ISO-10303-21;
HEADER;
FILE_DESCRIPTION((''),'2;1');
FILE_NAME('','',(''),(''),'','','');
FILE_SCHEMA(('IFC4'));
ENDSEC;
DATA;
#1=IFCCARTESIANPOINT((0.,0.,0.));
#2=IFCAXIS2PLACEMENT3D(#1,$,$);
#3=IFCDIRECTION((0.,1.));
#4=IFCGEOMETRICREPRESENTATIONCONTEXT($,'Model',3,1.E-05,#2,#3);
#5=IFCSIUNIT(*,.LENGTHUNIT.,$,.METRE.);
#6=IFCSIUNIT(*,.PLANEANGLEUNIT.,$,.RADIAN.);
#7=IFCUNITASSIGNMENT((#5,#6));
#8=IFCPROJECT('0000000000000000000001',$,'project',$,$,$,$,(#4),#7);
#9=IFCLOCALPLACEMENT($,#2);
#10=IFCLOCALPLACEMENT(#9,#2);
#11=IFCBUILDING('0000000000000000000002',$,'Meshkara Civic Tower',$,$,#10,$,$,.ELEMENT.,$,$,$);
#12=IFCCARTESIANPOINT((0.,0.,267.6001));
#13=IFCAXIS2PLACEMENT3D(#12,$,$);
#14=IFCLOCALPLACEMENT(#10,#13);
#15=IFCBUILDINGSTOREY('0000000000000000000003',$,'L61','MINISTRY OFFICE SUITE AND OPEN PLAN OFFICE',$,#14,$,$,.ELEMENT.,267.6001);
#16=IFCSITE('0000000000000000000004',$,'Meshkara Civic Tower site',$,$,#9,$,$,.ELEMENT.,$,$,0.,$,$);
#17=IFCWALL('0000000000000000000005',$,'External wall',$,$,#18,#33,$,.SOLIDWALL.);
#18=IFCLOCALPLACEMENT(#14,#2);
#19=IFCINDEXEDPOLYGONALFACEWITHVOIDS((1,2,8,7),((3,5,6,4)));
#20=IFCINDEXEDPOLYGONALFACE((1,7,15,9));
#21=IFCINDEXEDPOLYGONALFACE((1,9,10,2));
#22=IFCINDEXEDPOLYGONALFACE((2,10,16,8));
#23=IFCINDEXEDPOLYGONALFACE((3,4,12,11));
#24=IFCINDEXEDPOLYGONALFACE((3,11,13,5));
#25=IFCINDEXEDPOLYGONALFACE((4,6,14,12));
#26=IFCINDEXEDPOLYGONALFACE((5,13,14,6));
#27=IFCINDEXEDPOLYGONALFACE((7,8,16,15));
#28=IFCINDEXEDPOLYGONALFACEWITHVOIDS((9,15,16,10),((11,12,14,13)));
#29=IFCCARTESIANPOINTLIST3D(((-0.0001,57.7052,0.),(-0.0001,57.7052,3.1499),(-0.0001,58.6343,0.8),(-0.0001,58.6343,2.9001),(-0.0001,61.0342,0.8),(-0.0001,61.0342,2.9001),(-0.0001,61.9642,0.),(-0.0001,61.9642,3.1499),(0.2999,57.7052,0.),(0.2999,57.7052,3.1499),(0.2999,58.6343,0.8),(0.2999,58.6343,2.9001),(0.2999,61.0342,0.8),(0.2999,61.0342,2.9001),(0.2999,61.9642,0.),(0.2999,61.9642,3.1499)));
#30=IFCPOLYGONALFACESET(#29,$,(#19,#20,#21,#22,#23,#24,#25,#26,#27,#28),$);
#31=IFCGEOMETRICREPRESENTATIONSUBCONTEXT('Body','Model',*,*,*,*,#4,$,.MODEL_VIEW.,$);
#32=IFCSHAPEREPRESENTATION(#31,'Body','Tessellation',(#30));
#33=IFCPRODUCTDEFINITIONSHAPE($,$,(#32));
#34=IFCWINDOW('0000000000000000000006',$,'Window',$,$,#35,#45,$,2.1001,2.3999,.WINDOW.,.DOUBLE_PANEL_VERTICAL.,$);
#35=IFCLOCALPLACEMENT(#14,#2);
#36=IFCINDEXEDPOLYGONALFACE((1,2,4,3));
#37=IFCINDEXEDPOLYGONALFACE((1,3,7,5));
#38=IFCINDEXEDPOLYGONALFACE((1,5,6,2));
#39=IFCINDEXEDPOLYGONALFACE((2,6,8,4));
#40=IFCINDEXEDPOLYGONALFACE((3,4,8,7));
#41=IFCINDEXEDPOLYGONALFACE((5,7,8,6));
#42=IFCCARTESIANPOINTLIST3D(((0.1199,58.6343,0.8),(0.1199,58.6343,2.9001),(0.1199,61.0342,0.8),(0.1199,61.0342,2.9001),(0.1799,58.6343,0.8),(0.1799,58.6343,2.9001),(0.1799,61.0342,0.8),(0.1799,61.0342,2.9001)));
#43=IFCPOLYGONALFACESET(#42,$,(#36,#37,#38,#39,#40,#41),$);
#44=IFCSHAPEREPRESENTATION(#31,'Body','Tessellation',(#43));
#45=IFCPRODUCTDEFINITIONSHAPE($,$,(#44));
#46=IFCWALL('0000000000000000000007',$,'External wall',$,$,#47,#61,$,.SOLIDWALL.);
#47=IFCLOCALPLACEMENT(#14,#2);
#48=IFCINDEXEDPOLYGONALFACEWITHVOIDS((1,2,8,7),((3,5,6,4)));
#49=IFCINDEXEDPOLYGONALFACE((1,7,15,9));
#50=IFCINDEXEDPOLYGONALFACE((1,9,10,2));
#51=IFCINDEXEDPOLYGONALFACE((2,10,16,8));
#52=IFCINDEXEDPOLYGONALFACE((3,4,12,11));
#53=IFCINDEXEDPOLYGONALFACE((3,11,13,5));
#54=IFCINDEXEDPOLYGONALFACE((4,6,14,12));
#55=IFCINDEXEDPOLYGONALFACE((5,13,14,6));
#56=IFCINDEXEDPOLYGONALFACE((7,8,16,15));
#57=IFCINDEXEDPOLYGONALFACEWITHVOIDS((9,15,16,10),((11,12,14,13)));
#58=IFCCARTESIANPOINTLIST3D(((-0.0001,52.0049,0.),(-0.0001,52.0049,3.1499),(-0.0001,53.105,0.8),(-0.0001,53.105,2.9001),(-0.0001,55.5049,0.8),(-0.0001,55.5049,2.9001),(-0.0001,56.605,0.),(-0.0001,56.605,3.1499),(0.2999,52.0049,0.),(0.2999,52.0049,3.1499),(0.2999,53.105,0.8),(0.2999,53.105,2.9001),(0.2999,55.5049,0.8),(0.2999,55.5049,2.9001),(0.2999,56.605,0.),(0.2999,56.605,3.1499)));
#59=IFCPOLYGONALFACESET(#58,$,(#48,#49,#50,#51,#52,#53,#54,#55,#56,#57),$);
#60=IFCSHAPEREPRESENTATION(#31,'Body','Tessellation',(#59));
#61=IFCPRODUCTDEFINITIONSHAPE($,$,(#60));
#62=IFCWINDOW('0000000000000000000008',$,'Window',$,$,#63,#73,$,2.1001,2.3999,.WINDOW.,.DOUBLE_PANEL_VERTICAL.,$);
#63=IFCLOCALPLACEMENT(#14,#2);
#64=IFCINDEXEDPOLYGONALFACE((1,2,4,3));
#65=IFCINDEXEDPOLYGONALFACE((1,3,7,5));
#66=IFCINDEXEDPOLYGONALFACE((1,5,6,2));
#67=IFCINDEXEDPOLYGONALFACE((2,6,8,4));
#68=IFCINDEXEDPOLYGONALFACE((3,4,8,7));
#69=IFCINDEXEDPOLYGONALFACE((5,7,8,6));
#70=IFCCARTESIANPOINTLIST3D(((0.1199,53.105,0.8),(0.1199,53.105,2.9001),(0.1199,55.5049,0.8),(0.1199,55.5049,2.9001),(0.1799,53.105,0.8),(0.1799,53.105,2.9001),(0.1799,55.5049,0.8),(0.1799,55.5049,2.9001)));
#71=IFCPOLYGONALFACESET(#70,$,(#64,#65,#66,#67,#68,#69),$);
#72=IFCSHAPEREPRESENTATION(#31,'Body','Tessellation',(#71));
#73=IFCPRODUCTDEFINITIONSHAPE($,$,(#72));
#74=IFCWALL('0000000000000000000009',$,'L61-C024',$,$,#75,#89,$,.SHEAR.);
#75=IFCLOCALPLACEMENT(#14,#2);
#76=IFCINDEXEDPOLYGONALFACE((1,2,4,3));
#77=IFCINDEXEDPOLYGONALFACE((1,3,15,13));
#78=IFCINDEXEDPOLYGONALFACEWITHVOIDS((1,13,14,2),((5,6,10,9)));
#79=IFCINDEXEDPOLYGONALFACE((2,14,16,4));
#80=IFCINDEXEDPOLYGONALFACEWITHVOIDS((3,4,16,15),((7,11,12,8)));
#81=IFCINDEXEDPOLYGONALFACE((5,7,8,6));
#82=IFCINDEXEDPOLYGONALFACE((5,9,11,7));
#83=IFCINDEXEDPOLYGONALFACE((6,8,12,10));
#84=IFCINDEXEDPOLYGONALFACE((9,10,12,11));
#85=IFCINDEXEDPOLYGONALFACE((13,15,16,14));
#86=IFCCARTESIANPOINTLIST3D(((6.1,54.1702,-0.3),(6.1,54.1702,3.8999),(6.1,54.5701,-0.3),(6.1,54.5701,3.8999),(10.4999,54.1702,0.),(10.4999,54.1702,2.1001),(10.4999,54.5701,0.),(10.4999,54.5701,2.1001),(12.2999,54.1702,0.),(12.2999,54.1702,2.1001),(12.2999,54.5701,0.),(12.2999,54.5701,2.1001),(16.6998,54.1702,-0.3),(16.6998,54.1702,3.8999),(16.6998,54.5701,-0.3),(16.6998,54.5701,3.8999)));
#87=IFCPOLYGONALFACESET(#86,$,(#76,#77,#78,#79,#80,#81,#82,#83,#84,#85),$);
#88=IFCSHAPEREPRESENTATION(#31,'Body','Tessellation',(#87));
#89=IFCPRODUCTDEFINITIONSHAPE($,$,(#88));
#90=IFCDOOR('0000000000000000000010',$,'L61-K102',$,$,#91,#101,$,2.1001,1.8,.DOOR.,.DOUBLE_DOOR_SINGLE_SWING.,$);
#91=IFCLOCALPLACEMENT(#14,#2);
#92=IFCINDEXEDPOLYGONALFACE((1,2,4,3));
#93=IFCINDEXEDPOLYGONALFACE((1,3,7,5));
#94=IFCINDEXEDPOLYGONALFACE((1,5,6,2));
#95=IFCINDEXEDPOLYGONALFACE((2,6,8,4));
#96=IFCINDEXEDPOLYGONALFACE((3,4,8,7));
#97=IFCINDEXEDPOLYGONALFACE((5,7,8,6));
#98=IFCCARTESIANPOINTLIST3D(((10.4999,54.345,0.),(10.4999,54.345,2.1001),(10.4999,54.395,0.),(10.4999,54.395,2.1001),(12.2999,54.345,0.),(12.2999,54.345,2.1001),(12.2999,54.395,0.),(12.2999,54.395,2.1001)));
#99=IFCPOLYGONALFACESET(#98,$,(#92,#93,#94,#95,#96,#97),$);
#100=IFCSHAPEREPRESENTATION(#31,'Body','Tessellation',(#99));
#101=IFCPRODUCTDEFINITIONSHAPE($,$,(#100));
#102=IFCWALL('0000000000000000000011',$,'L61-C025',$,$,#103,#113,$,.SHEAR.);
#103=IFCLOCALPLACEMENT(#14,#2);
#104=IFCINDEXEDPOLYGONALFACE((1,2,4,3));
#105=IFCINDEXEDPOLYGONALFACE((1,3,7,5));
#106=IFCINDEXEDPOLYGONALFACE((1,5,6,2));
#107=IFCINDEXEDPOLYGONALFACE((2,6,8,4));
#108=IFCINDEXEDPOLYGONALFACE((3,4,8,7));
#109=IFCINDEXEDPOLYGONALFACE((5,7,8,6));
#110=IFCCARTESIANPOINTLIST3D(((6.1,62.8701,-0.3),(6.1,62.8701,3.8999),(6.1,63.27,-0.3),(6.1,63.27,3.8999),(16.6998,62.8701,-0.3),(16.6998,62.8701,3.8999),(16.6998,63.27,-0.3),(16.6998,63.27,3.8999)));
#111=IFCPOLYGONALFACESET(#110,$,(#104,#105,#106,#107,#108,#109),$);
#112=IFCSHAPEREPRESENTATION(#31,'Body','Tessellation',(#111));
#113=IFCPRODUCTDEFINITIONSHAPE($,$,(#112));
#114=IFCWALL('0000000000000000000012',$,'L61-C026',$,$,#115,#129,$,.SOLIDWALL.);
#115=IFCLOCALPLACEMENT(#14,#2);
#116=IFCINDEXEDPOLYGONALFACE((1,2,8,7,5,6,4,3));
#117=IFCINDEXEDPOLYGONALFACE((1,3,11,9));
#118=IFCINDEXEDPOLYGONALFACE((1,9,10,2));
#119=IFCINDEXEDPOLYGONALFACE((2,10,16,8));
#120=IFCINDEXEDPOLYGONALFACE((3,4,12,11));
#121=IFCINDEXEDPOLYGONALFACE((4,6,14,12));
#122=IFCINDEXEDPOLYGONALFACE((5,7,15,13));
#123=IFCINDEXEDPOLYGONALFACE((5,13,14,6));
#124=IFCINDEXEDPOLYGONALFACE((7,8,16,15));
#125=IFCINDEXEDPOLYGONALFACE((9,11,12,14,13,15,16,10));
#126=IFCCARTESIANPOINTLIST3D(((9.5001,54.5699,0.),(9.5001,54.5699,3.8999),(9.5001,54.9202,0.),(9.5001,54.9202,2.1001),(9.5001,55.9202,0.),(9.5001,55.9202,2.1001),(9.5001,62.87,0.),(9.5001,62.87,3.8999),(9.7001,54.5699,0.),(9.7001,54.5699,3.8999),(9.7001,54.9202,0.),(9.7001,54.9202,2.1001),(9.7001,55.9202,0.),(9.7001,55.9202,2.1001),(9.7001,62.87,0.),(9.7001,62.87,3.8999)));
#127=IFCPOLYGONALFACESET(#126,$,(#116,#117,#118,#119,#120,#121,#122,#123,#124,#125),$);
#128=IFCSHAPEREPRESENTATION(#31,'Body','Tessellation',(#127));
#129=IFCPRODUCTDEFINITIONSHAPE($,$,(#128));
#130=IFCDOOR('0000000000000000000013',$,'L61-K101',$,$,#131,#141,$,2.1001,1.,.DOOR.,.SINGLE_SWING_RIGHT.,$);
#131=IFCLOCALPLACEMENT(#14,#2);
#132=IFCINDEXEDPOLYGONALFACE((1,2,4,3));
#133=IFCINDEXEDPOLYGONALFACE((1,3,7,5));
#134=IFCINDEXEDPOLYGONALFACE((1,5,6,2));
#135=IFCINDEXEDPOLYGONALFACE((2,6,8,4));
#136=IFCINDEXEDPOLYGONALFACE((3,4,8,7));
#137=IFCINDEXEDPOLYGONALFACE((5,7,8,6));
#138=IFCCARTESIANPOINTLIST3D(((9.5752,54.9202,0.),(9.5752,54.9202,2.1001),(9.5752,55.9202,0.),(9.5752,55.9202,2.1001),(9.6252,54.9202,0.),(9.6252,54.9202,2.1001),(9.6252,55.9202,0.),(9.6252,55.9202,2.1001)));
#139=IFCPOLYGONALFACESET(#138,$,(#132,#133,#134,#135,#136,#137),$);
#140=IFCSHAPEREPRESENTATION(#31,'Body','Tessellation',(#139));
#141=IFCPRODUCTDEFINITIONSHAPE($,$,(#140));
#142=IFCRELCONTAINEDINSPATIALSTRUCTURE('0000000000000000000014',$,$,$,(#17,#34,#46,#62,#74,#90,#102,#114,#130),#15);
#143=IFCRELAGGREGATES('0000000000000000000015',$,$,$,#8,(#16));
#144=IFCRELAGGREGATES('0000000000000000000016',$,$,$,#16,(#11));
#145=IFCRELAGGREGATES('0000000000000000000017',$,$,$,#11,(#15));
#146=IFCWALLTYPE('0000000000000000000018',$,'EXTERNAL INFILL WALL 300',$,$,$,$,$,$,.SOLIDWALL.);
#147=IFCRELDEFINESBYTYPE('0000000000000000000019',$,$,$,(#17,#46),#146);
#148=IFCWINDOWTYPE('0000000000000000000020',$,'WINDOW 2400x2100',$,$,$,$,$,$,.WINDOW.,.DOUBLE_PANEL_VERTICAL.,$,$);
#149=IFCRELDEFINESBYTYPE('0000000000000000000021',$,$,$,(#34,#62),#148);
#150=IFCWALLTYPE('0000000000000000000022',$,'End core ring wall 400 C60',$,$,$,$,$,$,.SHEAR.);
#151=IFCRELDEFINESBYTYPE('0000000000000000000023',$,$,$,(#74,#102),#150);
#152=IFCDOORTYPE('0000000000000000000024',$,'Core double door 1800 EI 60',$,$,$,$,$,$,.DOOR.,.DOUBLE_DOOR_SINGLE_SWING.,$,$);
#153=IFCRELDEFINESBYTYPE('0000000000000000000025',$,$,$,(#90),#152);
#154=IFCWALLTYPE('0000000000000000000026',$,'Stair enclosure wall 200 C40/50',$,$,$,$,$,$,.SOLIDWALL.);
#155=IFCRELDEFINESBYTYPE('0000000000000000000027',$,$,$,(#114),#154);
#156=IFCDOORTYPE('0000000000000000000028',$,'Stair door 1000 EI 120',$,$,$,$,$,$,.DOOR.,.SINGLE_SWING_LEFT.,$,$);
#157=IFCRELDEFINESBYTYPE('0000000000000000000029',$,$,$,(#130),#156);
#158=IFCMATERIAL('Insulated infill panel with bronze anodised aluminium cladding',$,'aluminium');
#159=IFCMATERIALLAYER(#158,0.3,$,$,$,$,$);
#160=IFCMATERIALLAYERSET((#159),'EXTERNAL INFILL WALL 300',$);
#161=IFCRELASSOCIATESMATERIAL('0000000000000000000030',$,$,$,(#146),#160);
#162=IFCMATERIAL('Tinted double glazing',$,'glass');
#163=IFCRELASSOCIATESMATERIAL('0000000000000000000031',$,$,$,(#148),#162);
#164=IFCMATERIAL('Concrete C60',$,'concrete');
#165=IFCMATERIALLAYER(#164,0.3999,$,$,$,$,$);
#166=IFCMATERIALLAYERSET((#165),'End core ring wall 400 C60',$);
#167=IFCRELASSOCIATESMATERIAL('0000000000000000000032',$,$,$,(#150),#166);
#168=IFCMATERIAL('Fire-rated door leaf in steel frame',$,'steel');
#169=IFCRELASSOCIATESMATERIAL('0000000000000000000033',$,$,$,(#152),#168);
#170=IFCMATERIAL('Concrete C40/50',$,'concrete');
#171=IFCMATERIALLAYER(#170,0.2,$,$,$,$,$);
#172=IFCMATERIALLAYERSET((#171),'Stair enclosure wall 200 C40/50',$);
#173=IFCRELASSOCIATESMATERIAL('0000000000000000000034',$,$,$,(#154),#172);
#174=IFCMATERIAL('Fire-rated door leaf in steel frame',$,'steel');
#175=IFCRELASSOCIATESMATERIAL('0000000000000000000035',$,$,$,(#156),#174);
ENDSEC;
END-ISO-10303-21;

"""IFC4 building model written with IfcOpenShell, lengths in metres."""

from ifc_helpers import new_model, si_unit, direction, frame, frame_2d, origin, place, context, subcontext, project, spatial, rectangle, extrude, material, layer, layer_set, type_object, element, fill, save


model = new_model("IFC4")

# Units and contexts
model_context = context("Model", 3, precision=1e-05, world=origin(), true_north=direction((0.0, 1.0)))
body_context = subcontext(model_context, "Body", "Model", "MODEL_VIEW")
ifc_project = project(units=[si_unit("LENGTHUNIT", "METRE"), si_unit("PLANEANGLEUNIT", "RADIAN")], contexts=[model_context])

# Site, building, storey
site_placement = place(None, origin())
site = spatial("IfcSite", under=ifc_project, at=site_placement, Name="Meshkara Civic Tower site", CompositionType="ELEMENT", RefElevation=0.0)
building_placement = place(site_placement, origin())
building = spatial("IfcBuilding", under=site, at=building_placement, Name="Meshkara Civic Tower", CompositionType="ELEMENT")
storey_placement = place(building_placement, frame((0.0, 0.0, 267.6001)))
storey = spatial("IfcBuildingStorey", under=building, at=storey_placement, Name="L61", Description="MINISTRY OFFICE SUITE AND OPEN PLAN OFFICE", CompositionType="ELEMENT", Elevation=267.6001)

# Walls, openings, windows
ifc_material_1 = material(Name="Insulated infill panel with bronze anodised aluminium cladding", Category="aluminium")
ifc_layer_1 = layer(ifc_material_1, 0.3)
ifc_layer_set_1 = layer_set([ifc_layer_1], Name="EXTERNAL INFILL WALL 300")
wall_type_1 = type_object("IfcWallType", Name="EXTERNAL INFILL WALL 300", PredefinedType="SOLIDWALL", material=ifc_layer_set_1)
ifc_material_2 = material(Name="Tinted double glazing", Category="glass")
window_type_1 = type_object("IfcWindowType", Name="WINDOW 2400x2100", PartitioningType="DOUBLE_PANEL_VERTICAL", PredefinedType="WINDOW", material=ifc_material_2)
wall_1_placement = place(storey_placement, frame((0.1499, 61.9641, 0.0), z_axis=(0.0, 0.0, 1.0), x_axis=(0.0, -1.0, 0.0)))
wall_1 = element("IfcWall", 1, at=wall_1_placement, inside=storey, type_object=wall_type_1, Name="External wall", PredefinedType="SOLIDWALL", context=body_context, shape_type="SweptSolid", body=[
    extrude(rectangle(XDim=4.259, YDim=0.3, at=frame_2d((2.1294, 0.0))), origin(), (0.0, 0.0, 1.0), 3.1499),
])
opening_1_placement = place(wall_1_placement, frame((0.9299, 0.0, 0.8)))
opening_1 = element("IfcOpeningElement", 2, at=opening_1_placement, cuts=wall_1, PredefinedType="OPENING", context=body_context, shape_type="SweptSolid", body=[
    extrude(rectangle(XDim=2.3999, YDim=2.1001, at=frame_2d((1.2, 1.05))), frame((0.0, 0.1599, 0.0), z_axis=(0.0, -1.0, 0.0), x_axis=(1.0, 0.0, 0.0)), (0.0, 0.0, 1.0), 0.3201),
])
window_1_placement = place(opening_1_placement, origin())
window_1 = element("IfcWindow", 3, at=window_1_placement, inside=storey, type_object=window_type_1, Name="Window", OverallHeight=2.1001, OverallWidth=2.3999, PartitioningType="DOUBLE_PANEL_VERTICAL", PredefinedType="WINDOW", context=body_context, shape_type="SweptSolid", body=[
    extrude(rectangle(XDim=2.3999, YDim=2.1001, at=frame_2d((1.2, 1.05))), frame((0.0, 0.03, 0.0), z_axis=(0.0, -1.0, 0.0), x_axis=(1.0, 0.0, 0.0)), (0.0, 0.0, 1.0), 0.0601),
])
fill(opening_1, window_1)
wall_2_placement = place(storey_placement, frame((0.1499, 56.605, 0.0), z_axis=(0.0, 0.0, 1.0), x_axis=(0.0, -1.0, 0.0)))
wall_2 = element("IfcWall", 4, at=wall_2_placement, inside=storey, type_object=wall_type_1, Name="External wall", PredefinedType="SOLIDWALL", context=body_context, shape_type="SweptSolid", body=[
    extrude(rectangle(XDim=4.6001, YDim=0.3, at=frame_2d((2.3, 0.0))), origin(), (0.0, 0.0, 1.0), 3.1499),
])
opening_2_placement = place(wall_2_placement, frame((1.1001, 0.0, 0.8)))
opening_2 = element("IfcOpeningElement", 5, at=opening_2_placement, cuts=wall_2, PredefinedType="OPENING", context=body_context, shape_type="SweptSolid", body=[
    extrude(rectangle(XDim=2.3999, YDim=2.1001, at=frame_2d((1.2, 1.05))), frame((0.0, 0.1599, 0.0), z_axis=(0.0, -1.0, 0.0), x_axis=(1.0, 0.0, 0.0)), (0.0, 0.0, 1.0), 0.3201),
])
window_2_placement = place(opening_2_placement, origin())
window_2 = element("IfcWindow", 6, at=window_2_placement, inside=storey, type_object=window_type_1, Name="Window", OverallHeight=2.1001, OverallWidth=2.3999, PartitioningType="DOUBLE_PANEL_VERTICAL", PredefinedType="WINDOW", context=body_context, shape_type="SweptSolid", body=[
    extrude(rectangle(XDim=2.3999, YDim=2.1001, at=frame_2d((1.2, 1.05))), frame((0.0, 0.03, 0.0), z_axis=(0.0, -1.0, 0.0), x_axis=(1.0, 0.0, 0.0)), (0.0, 0.0, 1.0), 0.0601),
])
fill(opening_2, window_2)

# Wall, opening, door
ifc_material_3 = material(Name="Concrete C60", Category="concrete")
ifc_layer_2 = layer(ifc_material_3, 0.3999)
ifc_layer_set_2 = layer_set([ifc_layer_2], Name="End core ring wall 400 C60")
wall_type_2 = type_object("IfcWallType", Name="End core ring wall 400 C60", PredefinedType="SHEAR", material=ifc_layer_set_2)
wall_3_placement = place(storey_placement, frame((6.1001, 54.3701, -0.3), z_axis=(0.0, 0.0, 1.0), x_axis=(1.0, 0.0, 0.0)))
wall_3 = element("IfcWall", 7, at=wall_3_placement, inside=storey, type_object=wall_type_2, Name="L61-C024", PredefinedType="SHEAR", context=body_context, shape_type="SweptSolid", body=[
    extrude(rectangle(XDim=10.5999, YDim=0.3999, at=frame_2d((5.2998, 0.0))), origin(), (0.0, 0.0, 1.0), 4.2),
])
opening_3_placement = place(wall_3_placement, frame((4.3999, 0.0, 0.3)))
opening_3 = element("IfcOpeningElement", 8, at=opening_3_placement, cuts=wall_3, PredefinedType="OPENING", context=body_context, shape_type="SweptSolid", body=[
    extrude(rectangle(XDim=1.8, YDim=2.1001, at=frame_2d((0.8999, 1.05))), frame((0.0, 0.21, 0.0), z_axis=(0.0, -1.0, 0.0), x_axis=(1.0, 0.0, 0.0)), (0.0, 0.0, 1.0), 0.4199),
])
ifc_material_4 = material(Name="Fire-rated door leaf in steel frame", Category="steel")
door_type_1 = type_object("IfcDoorType", Name="Core double door 1800 EI 60", OperationType="DOUBLE_DOOR_SINGLE_SWING", PredefinedType="DOOR", material=ifc_material_4)
door_1_placement = place(opening_3_placement, origin())
door_1 = element("IfcDoor", 9, at=door_1_placement, inside=storey, type_object=door_type_1, Name="L61-K102", OperationType="DOUBLE_DOOR_SINGLE_SWING", OverallHeight=2.1001, OverallWidth=1.8, PredefinedType="DOOR", context=body_context, shape_type="SweptSolid", body=[
    extrude(rectangle(XDim=1.8, YDim=2.1001, at=frame_2d((0.8999, 1.05))), frame((0.0, 0.0249, 0.0), z_axis=(0.0, -1.0, 0.0), x_axis=(1.0, 0.0, 0.0)), (0.0, 0.0, 1.0), 0.05),
])
fill(opening_3, door_1)

# Wall
wall_4_placement = place(storey_placement, frame((6.1001, 63.0701, -0.3), z_axis=(0.0, 0.0, 1.0), x_axis=(1.0, 0.0, 0.0)))
element("IfcWall", 10, at=wall_4_placement, inside=storey, type_object=wall_type_2, Name="L61-C025", PredefinedType="SHEAR", context=body_context, shape_type="SweptSolid", body=[
    extrude(rectangle(XDim=10.5999, YDim=0.3999, at=frame_2d((5.2998, 0.0))), origin(), (0.0, 0.0, 1.0), 4.2),
])

# Wall, opening, door
ifc_material_5 = material(Name="Concrete C40/50", Category="concrete")
ifc_layer_3 = layer(ifc_material_5, 0.2)
ifc_layer_set_3 = layer_set([ifc_layer_3], Name="Stair enclosure wall 200 C40/50")
wall_type_3 = type_object("IfcWallType", Name="Stair enclosure wall 200 C40/50", PredefinedType="SOLIDWALL", material=ifc_layer_set_3)
wall_5_placement = place(storey_placement, frame((9.6001, 54.5701, 0.0), z_axis=(0.0, 0.0, 1.0), x_axis=(0.0, 1.0, 0.0)))
wall_5 = element("IfcWall", 11, at=wall_5_placement, inside=storey, type_object=wall_type_3, Name="L61-C026", PredefinedType="SOLIDWALL", context=body_context, shape_type="SweptSolid", body=[
    extrude(rectangle(XDim=8.3, YDim=0.2, at=frame_2d((4.1499, 0.0))), origin(), (0.0, 0.0, 1.0), 3.8999),
])
opening_4_placement = place(wall_5_placement, frame((0.3501, 0.0, 0.0)))
opening_4 = element("IfcOpeningElement", 12, at=opening_4_placement, cuts=wall_5, PredefinedType="OPENING", context=body_context, shape_type="SweptSolid", body=[
    extrude(rectangle(XDim=1.0, YDim=2.1001, at=frame_2d((0.5, 1.05))), frame((0.0, 0.1099, 0.0), z_axis=(0.0, -1.0, 0.0), x_axis=(1.0, 0.0, 0.0)), (0.0, 0.0, 1.0), 0.22),
])
ifc_material_6 = material(Name="Fire-rated door leaf in steel frame", Category="steel")
door_type_2 = type_object("IfcDoorType", Name="Stair door 1000 EI 120", OperationType="SINGLE_SWING_LEFT", PredefinedType="DOOR", material=ifc_material_6)
door_2_placement = place(opening_4_placement, origin())
door_2 = element("IfcDoor", 13, at=door_2_placement, inside=storey, type_object=door_type_2, Name="L61-K101", OperationType="SINGLE_SWING_RIGHT", OverallHeight=2.1001, OverallWidth=1.0, PredefinedType="DOOR", context=body_context, shape_type="SweptSolid", body=[
    extrude(rectangle(XDim=1.0, YDim=2.1001, at=frame_2d((0.5, 1.05))), frame((0.0, 0.0249, 0.0), z_axis=(0.0, -1.0, 0.0), x_axis=(1.0, 0.0, 0.0)), (0.0, 0.0, 1.0), 0.05),
])
fill(opening_4, door_2)

save(model, "model.ifc")
